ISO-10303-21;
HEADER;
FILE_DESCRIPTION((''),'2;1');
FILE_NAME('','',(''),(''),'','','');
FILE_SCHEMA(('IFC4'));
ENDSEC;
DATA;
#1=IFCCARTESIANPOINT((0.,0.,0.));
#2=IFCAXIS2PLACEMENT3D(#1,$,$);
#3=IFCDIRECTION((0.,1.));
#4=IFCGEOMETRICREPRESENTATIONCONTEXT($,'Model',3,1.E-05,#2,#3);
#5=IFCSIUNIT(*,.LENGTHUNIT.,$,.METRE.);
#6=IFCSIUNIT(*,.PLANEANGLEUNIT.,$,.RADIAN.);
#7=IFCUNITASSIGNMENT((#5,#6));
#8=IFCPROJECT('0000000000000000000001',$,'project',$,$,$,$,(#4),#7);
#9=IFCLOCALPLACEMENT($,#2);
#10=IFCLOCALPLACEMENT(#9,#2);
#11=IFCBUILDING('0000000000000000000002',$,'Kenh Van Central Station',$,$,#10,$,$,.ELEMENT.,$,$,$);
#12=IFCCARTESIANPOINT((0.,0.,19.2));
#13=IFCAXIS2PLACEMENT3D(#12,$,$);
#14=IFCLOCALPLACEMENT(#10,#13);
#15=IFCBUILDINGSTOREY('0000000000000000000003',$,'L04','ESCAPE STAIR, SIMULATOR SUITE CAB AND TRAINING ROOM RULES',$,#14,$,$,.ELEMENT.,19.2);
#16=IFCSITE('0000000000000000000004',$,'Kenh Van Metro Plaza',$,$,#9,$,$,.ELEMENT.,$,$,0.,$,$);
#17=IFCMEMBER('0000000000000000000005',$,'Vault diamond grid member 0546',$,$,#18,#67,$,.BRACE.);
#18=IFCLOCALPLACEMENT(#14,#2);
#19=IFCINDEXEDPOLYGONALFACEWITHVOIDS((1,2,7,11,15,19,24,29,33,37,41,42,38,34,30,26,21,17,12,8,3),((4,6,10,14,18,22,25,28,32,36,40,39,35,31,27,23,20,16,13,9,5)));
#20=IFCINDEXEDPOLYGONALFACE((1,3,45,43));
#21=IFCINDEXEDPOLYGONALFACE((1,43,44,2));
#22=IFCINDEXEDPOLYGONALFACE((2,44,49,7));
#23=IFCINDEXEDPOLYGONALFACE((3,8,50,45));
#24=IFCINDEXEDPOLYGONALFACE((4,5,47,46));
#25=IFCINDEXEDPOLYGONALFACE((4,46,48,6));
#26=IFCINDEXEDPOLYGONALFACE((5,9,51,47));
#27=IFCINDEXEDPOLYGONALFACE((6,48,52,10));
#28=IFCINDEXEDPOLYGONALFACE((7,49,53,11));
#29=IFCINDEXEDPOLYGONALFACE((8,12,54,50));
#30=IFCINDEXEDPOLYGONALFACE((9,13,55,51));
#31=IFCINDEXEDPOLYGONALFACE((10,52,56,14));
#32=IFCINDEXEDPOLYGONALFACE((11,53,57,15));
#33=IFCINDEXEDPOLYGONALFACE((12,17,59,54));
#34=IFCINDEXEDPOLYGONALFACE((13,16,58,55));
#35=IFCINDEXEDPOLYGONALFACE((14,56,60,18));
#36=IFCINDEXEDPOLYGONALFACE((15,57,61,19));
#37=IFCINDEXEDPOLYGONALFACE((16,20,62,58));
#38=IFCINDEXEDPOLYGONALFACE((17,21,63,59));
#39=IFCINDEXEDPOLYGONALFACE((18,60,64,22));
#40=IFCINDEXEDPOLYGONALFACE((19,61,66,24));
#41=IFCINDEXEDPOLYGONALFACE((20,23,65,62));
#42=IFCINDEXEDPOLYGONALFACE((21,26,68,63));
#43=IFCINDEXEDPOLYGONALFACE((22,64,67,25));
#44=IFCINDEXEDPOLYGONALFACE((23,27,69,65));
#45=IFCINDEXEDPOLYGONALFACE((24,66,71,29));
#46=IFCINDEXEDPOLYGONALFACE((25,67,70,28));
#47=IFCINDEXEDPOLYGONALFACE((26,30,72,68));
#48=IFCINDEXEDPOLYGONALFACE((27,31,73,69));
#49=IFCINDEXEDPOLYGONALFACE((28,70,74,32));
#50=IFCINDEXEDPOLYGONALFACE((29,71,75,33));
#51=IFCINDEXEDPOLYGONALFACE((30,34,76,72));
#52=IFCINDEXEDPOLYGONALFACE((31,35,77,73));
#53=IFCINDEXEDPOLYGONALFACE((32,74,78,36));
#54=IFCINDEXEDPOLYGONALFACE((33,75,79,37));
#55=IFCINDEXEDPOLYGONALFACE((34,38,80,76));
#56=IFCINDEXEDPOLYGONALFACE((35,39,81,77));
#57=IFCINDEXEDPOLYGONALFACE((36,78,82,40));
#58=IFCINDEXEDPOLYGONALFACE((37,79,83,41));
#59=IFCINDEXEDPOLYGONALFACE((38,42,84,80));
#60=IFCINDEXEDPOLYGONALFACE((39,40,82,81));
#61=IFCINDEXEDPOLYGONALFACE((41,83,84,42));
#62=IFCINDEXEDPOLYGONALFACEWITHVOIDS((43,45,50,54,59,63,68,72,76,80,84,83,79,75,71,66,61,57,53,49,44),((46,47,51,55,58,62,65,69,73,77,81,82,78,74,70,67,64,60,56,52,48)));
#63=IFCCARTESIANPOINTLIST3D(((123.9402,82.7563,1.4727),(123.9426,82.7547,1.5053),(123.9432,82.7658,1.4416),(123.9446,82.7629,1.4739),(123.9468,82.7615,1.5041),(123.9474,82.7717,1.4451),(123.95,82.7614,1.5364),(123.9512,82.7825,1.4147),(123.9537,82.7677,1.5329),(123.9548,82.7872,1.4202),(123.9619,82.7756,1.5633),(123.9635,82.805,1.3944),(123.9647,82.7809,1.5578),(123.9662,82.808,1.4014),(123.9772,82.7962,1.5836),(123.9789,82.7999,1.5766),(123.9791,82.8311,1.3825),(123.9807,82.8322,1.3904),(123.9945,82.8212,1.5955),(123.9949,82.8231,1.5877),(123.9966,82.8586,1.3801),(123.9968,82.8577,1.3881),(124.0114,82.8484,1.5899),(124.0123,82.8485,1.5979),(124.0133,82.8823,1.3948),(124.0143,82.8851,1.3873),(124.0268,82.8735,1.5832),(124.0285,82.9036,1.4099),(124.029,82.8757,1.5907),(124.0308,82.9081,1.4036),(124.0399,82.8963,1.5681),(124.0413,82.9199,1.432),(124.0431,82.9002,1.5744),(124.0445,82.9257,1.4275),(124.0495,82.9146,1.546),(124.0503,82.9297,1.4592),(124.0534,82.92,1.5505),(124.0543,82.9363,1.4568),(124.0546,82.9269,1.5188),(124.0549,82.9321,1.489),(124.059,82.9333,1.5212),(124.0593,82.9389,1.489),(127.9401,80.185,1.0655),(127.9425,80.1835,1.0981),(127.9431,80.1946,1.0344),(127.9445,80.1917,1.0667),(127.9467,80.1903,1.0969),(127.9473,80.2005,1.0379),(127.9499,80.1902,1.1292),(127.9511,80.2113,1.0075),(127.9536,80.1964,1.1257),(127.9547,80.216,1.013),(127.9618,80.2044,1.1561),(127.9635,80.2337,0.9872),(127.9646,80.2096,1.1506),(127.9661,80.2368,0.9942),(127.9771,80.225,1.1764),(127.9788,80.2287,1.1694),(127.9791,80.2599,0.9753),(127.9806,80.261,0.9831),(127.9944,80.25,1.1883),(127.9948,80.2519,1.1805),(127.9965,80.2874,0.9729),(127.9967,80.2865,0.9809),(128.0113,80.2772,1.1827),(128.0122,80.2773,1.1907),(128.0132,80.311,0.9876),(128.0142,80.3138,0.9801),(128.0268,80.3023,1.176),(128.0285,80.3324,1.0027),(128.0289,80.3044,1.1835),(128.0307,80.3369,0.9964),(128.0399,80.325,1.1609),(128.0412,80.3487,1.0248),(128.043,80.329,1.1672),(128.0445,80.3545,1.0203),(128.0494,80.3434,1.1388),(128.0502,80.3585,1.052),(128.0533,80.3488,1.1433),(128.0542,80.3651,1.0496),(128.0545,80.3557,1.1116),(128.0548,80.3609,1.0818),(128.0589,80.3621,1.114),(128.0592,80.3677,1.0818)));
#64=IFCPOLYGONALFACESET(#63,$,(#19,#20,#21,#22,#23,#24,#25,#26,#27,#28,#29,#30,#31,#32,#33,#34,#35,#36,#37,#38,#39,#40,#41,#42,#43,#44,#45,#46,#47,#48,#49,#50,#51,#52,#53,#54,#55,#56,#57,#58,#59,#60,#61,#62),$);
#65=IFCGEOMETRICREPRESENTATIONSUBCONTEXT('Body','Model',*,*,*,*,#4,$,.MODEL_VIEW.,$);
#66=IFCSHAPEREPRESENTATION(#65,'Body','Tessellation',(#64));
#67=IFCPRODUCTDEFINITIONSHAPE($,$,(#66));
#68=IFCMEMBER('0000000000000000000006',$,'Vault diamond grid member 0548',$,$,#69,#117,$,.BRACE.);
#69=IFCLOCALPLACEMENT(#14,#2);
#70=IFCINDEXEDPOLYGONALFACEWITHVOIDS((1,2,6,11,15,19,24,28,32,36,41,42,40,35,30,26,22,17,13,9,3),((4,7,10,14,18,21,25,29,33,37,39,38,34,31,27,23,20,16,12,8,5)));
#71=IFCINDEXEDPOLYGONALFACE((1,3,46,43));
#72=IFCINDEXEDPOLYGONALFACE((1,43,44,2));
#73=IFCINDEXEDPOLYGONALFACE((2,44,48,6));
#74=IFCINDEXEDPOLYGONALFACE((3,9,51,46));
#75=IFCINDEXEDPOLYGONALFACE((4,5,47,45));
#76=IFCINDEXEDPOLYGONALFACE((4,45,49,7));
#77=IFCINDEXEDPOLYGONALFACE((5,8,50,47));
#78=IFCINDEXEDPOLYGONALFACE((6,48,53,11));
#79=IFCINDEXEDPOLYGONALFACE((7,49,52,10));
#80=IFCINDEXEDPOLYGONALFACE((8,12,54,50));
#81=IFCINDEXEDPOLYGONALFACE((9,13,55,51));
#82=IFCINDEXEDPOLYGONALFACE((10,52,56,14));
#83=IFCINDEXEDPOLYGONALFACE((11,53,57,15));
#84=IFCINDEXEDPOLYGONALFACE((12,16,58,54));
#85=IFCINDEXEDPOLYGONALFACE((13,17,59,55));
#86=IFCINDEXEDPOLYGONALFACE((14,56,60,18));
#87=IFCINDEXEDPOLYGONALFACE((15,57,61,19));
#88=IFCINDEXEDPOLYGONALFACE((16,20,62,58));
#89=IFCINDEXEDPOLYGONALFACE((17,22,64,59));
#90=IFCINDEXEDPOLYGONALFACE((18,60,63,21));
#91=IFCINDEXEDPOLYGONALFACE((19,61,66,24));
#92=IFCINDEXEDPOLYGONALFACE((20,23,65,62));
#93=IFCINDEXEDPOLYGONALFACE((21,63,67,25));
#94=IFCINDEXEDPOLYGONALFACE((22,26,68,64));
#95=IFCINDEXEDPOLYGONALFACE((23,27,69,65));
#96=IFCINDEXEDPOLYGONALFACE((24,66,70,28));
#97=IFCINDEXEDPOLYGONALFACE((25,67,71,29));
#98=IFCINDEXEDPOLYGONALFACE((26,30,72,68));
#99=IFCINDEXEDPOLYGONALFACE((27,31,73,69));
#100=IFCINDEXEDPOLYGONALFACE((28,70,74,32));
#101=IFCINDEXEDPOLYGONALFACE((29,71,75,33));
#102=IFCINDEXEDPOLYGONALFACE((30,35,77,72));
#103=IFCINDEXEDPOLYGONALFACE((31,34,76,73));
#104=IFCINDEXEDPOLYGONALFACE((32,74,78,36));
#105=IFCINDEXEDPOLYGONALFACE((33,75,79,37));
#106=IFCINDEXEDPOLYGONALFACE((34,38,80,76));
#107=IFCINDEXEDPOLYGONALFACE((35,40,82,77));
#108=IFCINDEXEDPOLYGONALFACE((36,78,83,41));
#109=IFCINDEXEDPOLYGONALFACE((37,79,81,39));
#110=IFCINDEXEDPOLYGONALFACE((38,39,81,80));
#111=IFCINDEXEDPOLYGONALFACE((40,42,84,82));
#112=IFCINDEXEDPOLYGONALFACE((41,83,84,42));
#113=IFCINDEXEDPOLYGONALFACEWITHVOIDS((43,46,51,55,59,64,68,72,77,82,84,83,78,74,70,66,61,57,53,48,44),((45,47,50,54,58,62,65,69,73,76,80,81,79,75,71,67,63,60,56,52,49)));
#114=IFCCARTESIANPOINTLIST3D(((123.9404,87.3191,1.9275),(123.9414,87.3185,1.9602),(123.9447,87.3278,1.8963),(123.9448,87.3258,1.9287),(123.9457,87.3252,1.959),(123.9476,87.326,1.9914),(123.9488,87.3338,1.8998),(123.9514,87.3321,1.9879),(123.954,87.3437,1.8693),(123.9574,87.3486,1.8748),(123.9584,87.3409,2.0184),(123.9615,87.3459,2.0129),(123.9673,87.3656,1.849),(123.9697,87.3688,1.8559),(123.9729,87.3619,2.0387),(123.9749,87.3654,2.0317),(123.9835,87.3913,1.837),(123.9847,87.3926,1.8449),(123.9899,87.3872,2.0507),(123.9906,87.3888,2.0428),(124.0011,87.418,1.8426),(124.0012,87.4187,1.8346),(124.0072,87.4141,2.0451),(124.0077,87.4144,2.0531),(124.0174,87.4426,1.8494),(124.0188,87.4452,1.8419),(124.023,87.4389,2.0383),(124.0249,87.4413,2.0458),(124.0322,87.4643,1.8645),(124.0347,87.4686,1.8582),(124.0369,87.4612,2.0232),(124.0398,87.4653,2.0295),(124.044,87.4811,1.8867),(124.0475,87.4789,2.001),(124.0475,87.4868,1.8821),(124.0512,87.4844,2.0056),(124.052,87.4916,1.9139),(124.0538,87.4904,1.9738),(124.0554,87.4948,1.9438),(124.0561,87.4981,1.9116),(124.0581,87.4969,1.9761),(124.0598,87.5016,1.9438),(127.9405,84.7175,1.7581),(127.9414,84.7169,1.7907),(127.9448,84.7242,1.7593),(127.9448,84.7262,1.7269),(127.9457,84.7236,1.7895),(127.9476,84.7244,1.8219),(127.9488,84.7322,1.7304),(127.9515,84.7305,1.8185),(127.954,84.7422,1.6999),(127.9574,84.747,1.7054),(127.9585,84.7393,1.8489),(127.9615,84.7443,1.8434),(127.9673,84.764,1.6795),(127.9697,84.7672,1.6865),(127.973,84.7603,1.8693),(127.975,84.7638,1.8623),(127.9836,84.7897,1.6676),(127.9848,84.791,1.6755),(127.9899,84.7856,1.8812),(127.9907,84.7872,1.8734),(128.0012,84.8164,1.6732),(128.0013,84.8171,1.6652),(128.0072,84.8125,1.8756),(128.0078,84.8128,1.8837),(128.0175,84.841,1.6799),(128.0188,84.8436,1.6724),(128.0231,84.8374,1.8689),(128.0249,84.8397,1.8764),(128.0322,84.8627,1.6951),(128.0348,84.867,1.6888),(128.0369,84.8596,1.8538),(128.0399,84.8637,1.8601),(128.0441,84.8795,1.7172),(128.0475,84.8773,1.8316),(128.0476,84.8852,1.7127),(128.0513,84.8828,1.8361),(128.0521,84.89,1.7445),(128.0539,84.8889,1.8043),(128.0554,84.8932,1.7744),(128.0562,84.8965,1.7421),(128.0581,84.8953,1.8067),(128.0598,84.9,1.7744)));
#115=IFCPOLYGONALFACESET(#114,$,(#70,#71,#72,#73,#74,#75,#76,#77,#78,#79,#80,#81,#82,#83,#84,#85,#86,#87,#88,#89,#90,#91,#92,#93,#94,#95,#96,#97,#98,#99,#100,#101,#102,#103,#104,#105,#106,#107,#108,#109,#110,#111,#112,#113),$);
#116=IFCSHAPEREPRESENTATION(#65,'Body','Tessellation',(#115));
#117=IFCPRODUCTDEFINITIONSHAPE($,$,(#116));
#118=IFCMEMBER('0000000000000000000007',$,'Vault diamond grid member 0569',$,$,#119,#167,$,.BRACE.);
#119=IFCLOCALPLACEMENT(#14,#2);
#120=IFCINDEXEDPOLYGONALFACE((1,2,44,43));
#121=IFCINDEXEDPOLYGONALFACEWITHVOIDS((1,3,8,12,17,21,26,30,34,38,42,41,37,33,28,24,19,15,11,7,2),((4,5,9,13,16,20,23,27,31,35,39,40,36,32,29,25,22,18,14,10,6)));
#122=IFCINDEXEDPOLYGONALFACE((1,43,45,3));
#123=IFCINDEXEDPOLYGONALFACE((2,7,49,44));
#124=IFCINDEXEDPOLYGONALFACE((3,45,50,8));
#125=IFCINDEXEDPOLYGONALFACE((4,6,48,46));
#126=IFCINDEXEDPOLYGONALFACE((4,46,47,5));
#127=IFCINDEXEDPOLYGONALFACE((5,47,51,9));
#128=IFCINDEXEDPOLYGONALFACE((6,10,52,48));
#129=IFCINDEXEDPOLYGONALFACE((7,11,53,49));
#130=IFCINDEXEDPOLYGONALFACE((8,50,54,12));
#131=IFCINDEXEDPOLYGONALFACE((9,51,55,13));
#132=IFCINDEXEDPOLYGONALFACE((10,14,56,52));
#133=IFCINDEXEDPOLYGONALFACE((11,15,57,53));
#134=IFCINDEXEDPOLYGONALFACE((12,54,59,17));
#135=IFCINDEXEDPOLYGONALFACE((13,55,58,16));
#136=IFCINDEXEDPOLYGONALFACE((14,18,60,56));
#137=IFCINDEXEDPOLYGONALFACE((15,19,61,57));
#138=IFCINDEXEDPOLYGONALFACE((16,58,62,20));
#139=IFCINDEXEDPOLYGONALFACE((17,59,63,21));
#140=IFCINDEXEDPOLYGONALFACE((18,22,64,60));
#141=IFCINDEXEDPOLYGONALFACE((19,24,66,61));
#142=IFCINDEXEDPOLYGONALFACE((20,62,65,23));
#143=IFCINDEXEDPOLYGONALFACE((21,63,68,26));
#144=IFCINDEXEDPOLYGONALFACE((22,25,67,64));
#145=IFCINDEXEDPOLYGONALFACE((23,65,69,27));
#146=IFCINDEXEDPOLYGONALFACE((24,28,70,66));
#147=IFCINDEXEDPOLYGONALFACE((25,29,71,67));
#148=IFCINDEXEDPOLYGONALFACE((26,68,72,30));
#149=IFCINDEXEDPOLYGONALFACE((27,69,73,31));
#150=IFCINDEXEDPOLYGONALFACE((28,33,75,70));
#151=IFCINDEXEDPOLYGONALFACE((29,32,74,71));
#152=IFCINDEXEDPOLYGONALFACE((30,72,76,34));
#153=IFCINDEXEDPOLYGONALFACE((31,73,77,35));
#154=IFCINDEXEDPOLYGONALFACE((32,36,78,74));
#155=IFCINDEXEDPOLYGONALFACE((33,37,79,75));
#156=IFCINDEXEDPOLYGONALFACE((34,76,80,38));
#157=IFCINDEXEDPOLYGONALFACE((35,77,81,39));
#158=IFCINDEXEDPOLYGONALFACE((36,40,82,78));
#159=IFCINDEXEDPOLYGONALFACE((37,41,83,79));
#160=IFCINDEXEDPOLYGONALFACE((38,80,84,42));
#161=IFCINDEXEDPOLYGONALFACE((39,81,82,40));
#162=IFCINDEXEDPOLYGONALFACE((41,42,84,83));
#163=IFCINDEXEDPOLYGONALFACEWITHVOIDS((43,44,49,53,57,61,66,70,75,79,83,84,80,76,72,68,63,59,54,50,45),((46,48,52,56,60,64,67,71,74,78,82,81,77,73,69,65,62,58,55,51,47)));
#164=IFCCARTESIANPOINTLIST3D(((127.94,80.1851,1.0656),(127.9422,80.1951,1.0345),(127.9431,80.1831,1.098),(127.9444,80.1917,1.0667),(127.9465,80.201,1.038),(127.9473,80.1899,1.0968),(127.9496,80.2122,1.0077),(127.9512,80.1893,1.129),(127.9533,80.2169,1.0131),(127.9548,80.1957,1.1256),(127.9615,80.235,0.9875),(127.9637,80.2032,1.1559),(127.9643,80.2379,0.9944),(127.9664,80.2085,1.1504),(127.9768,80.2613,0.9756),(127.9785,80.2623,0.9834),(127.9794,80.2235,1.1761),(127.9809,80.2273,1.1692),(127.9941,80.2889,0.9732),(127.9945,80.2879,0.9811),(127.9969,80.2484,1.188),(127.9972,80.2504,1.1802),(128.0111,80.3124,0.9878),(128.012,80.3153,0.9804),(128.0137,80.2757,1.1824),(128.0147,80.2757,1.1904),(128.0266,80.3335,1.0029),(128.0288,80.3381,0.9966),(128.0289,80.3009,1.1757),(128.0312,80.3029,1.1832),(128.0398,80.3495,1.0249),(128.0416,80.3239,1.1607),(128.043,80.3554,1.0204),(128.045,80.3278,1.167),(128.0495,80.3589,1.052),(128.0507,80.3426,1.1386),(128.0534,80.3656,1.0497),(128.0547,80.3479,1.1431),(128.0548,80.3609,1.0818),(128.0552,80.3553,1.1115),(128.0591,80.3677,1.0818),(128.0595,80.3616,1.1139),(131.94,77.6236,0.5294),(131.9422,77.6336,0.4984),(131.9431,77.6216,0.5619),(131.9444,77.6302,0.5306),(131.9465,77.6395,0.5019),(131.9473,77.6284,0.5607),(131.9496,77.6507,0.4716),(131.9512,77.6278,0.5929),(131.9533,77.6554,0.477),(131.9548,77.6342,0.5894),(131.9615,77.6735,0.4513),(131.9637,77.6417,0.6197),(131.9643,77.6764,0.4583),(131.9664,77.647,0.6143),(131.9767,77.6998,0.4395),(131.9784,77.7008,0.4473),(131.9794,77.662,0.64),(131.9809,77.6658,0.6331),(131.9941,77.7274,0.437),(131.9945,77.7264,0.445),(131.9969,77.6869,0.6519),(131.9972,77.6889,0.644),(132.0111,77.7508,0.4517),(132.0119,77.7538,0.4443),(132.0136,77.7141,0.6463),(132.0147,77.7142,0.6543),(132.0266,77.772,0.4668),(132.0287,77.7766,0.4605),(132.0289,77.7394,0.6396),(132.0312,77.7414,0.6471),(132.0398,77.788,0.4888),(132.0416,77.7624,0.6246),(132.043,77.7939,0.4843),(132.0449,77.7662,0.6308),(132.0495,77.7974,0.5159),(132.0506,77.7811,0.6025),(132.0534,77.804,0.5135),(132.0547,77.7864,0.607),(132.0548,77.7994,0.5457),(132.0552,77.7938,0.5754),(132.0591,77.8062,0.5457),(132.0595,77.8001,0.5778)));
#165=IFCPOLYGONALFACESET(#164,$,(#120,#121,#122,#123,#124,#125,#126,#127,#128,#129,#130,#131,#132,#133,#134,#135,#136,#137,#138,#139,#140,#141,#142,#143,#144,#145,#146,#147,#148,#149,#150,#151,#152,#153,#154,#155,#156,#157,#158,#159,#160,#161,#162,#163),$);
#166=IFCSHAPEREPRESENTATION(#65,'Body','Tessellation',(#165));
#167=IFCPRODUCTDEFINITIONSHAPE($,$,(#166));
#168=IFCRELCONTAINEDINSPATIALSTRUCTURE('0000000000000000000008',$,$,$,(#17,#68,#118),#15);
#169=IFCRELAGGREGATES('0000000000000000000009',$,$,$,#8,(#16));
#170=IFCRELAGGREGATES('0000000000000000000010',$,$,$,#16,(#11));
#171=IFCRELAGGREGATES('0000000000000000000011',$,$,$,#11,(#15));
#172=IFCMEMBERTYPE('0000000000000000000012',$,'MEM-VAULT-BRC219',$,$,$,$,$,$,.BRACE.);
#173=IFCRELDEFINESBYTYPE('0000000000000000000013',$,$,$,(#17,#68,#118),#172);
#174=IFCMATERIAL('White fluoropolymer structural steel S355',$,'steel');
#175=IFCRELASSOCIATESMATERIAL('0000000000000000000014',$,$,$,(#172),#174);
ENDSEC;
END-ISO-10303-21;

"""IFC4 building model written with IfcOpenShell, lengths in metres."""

from ifc_helpers import new_model, si_unit, direction, frame, origin, origin_2d, place, context, subcontext, project, spatial, hollow_circle, extrude, material, material_profile, profile_set, type_object, element, save


model = new_model("IFC4")

# Units and contexts
model_context = context("Model", 3, precision=1e-05, world=origin(), true_north=direction((0.0, 1.0)))
body_context = subcontext(model_context, "Body", "Model", "MODEL_VIEW")
ifc_project = project(units=[si_unit("LENGTHUNIT", "METRE"), si_unit("PLANEANGLEUNIT", "RADIAN")], contexts=[model_context])

# Site, building, storey
site_placement = place(None, origin())
site = spatial("IfcSite", under=ifc_project, at=site_placement, Name="Kenh Van Metro Plaza", CompositionType="ELEMENT", RefElevation=0.0)
building_placement = place(site_placement, origin())
building = spatial("IfcBuilding", under=site, at=building_placement, Name="Kenh Van Central Station", CompositionType="ELEMENT")
storey_placement = place(building_placement, frame((0.0, 0.0, 19.2)))
storey = spatial("IfcBuildingStorey", under=building, at=storey_placement, Name="L04", Description="ESCAPE STAIR, SIMULATOR SUITE CAB AND TRAINING ROOM RULES", CompositionType="ELEMENT", Elevation=19.2)

# Shared definitions
ifc_material_1 = material(Name="White fluoropolymer structural steel S355", Category="steel")

# Members
ifc_material_profile_1 = material_profile(ifc_material_1, hollow_circle(Radius=0.1096, WallThickness=0.0081, at=origin_2d()), Name="CHS 219.1x8")
ifc_profile_set_1 = profile_set([ifc_material_profile_1], Name="White fluoropolymer structural steel S355")
member_type_1 = type_object("IfcMemberType", Name="MEM-VAULT-BRC219", PredefinedType="BRACE", material=ifc_profile_set_1)
member_1_placement = place(storey_placement, frame((124.0, 82.8467, 1.489), z_axis=(0.838124, -0.538765, -0.085327), x_axis=(0.540737, 0.841192, 0.0)))
element("IfcMember", 1, at=member_1_placement, inside=storey, type_object=member_type_1, Name="Vault diamond grid member 0546", PredefinedType="BRACE", context=body_context, shape_type="SweptSolid", body=[
    extrude(hollow_circle(Radius=0.1096, WallThickness=0.0081, at=origin_2d()), origin(), (0.0, 0.0, 1.0), 4.7725),
])
member_2_placement = place(storey_placement, frame((124.0, 87.4097, 1.9438), z_axis=(0.837766, -0.544875, -0.035486), x_axis=(0.545219, 0.838294, 0.0)))
element("IfcMember", 2, at=member_2_placement, inside=storey, type_object=member_type_1, Name="Vault diamond grid member 0548", PredefinedType="BRACE", context=body_context, shape_type="SweptSolid", body=[
    extrude(hollow_circle(Radius=0.1096, WallThickness=0.0081, at=origin_2d()), origin(), (0.0, 0.0, 1.0), 4.7747),
])
member_3_placement = place(storey_placement, frame((128.0, 80.2754, 1.0818), z_axis=(0.836812, -0.535878, -0.112161), x_axis=(0.539281, 0.842126, 0.0)))
element("IfcMember", 3, at=member_3_placement, inside=storey, type_object=member_type_1, Name="Vault diamond grid member 0569", PredefinedType="BRACE", context=body_context, shape_type="SweptSolid", body=[
    extrude(hollow_circle(Radius=0.1096, WallThickness=0.0081, at=origin_2d()), origin(), (0.0, 0.0, 1.0), 4.78),
])

save(model, "model.ifc")
